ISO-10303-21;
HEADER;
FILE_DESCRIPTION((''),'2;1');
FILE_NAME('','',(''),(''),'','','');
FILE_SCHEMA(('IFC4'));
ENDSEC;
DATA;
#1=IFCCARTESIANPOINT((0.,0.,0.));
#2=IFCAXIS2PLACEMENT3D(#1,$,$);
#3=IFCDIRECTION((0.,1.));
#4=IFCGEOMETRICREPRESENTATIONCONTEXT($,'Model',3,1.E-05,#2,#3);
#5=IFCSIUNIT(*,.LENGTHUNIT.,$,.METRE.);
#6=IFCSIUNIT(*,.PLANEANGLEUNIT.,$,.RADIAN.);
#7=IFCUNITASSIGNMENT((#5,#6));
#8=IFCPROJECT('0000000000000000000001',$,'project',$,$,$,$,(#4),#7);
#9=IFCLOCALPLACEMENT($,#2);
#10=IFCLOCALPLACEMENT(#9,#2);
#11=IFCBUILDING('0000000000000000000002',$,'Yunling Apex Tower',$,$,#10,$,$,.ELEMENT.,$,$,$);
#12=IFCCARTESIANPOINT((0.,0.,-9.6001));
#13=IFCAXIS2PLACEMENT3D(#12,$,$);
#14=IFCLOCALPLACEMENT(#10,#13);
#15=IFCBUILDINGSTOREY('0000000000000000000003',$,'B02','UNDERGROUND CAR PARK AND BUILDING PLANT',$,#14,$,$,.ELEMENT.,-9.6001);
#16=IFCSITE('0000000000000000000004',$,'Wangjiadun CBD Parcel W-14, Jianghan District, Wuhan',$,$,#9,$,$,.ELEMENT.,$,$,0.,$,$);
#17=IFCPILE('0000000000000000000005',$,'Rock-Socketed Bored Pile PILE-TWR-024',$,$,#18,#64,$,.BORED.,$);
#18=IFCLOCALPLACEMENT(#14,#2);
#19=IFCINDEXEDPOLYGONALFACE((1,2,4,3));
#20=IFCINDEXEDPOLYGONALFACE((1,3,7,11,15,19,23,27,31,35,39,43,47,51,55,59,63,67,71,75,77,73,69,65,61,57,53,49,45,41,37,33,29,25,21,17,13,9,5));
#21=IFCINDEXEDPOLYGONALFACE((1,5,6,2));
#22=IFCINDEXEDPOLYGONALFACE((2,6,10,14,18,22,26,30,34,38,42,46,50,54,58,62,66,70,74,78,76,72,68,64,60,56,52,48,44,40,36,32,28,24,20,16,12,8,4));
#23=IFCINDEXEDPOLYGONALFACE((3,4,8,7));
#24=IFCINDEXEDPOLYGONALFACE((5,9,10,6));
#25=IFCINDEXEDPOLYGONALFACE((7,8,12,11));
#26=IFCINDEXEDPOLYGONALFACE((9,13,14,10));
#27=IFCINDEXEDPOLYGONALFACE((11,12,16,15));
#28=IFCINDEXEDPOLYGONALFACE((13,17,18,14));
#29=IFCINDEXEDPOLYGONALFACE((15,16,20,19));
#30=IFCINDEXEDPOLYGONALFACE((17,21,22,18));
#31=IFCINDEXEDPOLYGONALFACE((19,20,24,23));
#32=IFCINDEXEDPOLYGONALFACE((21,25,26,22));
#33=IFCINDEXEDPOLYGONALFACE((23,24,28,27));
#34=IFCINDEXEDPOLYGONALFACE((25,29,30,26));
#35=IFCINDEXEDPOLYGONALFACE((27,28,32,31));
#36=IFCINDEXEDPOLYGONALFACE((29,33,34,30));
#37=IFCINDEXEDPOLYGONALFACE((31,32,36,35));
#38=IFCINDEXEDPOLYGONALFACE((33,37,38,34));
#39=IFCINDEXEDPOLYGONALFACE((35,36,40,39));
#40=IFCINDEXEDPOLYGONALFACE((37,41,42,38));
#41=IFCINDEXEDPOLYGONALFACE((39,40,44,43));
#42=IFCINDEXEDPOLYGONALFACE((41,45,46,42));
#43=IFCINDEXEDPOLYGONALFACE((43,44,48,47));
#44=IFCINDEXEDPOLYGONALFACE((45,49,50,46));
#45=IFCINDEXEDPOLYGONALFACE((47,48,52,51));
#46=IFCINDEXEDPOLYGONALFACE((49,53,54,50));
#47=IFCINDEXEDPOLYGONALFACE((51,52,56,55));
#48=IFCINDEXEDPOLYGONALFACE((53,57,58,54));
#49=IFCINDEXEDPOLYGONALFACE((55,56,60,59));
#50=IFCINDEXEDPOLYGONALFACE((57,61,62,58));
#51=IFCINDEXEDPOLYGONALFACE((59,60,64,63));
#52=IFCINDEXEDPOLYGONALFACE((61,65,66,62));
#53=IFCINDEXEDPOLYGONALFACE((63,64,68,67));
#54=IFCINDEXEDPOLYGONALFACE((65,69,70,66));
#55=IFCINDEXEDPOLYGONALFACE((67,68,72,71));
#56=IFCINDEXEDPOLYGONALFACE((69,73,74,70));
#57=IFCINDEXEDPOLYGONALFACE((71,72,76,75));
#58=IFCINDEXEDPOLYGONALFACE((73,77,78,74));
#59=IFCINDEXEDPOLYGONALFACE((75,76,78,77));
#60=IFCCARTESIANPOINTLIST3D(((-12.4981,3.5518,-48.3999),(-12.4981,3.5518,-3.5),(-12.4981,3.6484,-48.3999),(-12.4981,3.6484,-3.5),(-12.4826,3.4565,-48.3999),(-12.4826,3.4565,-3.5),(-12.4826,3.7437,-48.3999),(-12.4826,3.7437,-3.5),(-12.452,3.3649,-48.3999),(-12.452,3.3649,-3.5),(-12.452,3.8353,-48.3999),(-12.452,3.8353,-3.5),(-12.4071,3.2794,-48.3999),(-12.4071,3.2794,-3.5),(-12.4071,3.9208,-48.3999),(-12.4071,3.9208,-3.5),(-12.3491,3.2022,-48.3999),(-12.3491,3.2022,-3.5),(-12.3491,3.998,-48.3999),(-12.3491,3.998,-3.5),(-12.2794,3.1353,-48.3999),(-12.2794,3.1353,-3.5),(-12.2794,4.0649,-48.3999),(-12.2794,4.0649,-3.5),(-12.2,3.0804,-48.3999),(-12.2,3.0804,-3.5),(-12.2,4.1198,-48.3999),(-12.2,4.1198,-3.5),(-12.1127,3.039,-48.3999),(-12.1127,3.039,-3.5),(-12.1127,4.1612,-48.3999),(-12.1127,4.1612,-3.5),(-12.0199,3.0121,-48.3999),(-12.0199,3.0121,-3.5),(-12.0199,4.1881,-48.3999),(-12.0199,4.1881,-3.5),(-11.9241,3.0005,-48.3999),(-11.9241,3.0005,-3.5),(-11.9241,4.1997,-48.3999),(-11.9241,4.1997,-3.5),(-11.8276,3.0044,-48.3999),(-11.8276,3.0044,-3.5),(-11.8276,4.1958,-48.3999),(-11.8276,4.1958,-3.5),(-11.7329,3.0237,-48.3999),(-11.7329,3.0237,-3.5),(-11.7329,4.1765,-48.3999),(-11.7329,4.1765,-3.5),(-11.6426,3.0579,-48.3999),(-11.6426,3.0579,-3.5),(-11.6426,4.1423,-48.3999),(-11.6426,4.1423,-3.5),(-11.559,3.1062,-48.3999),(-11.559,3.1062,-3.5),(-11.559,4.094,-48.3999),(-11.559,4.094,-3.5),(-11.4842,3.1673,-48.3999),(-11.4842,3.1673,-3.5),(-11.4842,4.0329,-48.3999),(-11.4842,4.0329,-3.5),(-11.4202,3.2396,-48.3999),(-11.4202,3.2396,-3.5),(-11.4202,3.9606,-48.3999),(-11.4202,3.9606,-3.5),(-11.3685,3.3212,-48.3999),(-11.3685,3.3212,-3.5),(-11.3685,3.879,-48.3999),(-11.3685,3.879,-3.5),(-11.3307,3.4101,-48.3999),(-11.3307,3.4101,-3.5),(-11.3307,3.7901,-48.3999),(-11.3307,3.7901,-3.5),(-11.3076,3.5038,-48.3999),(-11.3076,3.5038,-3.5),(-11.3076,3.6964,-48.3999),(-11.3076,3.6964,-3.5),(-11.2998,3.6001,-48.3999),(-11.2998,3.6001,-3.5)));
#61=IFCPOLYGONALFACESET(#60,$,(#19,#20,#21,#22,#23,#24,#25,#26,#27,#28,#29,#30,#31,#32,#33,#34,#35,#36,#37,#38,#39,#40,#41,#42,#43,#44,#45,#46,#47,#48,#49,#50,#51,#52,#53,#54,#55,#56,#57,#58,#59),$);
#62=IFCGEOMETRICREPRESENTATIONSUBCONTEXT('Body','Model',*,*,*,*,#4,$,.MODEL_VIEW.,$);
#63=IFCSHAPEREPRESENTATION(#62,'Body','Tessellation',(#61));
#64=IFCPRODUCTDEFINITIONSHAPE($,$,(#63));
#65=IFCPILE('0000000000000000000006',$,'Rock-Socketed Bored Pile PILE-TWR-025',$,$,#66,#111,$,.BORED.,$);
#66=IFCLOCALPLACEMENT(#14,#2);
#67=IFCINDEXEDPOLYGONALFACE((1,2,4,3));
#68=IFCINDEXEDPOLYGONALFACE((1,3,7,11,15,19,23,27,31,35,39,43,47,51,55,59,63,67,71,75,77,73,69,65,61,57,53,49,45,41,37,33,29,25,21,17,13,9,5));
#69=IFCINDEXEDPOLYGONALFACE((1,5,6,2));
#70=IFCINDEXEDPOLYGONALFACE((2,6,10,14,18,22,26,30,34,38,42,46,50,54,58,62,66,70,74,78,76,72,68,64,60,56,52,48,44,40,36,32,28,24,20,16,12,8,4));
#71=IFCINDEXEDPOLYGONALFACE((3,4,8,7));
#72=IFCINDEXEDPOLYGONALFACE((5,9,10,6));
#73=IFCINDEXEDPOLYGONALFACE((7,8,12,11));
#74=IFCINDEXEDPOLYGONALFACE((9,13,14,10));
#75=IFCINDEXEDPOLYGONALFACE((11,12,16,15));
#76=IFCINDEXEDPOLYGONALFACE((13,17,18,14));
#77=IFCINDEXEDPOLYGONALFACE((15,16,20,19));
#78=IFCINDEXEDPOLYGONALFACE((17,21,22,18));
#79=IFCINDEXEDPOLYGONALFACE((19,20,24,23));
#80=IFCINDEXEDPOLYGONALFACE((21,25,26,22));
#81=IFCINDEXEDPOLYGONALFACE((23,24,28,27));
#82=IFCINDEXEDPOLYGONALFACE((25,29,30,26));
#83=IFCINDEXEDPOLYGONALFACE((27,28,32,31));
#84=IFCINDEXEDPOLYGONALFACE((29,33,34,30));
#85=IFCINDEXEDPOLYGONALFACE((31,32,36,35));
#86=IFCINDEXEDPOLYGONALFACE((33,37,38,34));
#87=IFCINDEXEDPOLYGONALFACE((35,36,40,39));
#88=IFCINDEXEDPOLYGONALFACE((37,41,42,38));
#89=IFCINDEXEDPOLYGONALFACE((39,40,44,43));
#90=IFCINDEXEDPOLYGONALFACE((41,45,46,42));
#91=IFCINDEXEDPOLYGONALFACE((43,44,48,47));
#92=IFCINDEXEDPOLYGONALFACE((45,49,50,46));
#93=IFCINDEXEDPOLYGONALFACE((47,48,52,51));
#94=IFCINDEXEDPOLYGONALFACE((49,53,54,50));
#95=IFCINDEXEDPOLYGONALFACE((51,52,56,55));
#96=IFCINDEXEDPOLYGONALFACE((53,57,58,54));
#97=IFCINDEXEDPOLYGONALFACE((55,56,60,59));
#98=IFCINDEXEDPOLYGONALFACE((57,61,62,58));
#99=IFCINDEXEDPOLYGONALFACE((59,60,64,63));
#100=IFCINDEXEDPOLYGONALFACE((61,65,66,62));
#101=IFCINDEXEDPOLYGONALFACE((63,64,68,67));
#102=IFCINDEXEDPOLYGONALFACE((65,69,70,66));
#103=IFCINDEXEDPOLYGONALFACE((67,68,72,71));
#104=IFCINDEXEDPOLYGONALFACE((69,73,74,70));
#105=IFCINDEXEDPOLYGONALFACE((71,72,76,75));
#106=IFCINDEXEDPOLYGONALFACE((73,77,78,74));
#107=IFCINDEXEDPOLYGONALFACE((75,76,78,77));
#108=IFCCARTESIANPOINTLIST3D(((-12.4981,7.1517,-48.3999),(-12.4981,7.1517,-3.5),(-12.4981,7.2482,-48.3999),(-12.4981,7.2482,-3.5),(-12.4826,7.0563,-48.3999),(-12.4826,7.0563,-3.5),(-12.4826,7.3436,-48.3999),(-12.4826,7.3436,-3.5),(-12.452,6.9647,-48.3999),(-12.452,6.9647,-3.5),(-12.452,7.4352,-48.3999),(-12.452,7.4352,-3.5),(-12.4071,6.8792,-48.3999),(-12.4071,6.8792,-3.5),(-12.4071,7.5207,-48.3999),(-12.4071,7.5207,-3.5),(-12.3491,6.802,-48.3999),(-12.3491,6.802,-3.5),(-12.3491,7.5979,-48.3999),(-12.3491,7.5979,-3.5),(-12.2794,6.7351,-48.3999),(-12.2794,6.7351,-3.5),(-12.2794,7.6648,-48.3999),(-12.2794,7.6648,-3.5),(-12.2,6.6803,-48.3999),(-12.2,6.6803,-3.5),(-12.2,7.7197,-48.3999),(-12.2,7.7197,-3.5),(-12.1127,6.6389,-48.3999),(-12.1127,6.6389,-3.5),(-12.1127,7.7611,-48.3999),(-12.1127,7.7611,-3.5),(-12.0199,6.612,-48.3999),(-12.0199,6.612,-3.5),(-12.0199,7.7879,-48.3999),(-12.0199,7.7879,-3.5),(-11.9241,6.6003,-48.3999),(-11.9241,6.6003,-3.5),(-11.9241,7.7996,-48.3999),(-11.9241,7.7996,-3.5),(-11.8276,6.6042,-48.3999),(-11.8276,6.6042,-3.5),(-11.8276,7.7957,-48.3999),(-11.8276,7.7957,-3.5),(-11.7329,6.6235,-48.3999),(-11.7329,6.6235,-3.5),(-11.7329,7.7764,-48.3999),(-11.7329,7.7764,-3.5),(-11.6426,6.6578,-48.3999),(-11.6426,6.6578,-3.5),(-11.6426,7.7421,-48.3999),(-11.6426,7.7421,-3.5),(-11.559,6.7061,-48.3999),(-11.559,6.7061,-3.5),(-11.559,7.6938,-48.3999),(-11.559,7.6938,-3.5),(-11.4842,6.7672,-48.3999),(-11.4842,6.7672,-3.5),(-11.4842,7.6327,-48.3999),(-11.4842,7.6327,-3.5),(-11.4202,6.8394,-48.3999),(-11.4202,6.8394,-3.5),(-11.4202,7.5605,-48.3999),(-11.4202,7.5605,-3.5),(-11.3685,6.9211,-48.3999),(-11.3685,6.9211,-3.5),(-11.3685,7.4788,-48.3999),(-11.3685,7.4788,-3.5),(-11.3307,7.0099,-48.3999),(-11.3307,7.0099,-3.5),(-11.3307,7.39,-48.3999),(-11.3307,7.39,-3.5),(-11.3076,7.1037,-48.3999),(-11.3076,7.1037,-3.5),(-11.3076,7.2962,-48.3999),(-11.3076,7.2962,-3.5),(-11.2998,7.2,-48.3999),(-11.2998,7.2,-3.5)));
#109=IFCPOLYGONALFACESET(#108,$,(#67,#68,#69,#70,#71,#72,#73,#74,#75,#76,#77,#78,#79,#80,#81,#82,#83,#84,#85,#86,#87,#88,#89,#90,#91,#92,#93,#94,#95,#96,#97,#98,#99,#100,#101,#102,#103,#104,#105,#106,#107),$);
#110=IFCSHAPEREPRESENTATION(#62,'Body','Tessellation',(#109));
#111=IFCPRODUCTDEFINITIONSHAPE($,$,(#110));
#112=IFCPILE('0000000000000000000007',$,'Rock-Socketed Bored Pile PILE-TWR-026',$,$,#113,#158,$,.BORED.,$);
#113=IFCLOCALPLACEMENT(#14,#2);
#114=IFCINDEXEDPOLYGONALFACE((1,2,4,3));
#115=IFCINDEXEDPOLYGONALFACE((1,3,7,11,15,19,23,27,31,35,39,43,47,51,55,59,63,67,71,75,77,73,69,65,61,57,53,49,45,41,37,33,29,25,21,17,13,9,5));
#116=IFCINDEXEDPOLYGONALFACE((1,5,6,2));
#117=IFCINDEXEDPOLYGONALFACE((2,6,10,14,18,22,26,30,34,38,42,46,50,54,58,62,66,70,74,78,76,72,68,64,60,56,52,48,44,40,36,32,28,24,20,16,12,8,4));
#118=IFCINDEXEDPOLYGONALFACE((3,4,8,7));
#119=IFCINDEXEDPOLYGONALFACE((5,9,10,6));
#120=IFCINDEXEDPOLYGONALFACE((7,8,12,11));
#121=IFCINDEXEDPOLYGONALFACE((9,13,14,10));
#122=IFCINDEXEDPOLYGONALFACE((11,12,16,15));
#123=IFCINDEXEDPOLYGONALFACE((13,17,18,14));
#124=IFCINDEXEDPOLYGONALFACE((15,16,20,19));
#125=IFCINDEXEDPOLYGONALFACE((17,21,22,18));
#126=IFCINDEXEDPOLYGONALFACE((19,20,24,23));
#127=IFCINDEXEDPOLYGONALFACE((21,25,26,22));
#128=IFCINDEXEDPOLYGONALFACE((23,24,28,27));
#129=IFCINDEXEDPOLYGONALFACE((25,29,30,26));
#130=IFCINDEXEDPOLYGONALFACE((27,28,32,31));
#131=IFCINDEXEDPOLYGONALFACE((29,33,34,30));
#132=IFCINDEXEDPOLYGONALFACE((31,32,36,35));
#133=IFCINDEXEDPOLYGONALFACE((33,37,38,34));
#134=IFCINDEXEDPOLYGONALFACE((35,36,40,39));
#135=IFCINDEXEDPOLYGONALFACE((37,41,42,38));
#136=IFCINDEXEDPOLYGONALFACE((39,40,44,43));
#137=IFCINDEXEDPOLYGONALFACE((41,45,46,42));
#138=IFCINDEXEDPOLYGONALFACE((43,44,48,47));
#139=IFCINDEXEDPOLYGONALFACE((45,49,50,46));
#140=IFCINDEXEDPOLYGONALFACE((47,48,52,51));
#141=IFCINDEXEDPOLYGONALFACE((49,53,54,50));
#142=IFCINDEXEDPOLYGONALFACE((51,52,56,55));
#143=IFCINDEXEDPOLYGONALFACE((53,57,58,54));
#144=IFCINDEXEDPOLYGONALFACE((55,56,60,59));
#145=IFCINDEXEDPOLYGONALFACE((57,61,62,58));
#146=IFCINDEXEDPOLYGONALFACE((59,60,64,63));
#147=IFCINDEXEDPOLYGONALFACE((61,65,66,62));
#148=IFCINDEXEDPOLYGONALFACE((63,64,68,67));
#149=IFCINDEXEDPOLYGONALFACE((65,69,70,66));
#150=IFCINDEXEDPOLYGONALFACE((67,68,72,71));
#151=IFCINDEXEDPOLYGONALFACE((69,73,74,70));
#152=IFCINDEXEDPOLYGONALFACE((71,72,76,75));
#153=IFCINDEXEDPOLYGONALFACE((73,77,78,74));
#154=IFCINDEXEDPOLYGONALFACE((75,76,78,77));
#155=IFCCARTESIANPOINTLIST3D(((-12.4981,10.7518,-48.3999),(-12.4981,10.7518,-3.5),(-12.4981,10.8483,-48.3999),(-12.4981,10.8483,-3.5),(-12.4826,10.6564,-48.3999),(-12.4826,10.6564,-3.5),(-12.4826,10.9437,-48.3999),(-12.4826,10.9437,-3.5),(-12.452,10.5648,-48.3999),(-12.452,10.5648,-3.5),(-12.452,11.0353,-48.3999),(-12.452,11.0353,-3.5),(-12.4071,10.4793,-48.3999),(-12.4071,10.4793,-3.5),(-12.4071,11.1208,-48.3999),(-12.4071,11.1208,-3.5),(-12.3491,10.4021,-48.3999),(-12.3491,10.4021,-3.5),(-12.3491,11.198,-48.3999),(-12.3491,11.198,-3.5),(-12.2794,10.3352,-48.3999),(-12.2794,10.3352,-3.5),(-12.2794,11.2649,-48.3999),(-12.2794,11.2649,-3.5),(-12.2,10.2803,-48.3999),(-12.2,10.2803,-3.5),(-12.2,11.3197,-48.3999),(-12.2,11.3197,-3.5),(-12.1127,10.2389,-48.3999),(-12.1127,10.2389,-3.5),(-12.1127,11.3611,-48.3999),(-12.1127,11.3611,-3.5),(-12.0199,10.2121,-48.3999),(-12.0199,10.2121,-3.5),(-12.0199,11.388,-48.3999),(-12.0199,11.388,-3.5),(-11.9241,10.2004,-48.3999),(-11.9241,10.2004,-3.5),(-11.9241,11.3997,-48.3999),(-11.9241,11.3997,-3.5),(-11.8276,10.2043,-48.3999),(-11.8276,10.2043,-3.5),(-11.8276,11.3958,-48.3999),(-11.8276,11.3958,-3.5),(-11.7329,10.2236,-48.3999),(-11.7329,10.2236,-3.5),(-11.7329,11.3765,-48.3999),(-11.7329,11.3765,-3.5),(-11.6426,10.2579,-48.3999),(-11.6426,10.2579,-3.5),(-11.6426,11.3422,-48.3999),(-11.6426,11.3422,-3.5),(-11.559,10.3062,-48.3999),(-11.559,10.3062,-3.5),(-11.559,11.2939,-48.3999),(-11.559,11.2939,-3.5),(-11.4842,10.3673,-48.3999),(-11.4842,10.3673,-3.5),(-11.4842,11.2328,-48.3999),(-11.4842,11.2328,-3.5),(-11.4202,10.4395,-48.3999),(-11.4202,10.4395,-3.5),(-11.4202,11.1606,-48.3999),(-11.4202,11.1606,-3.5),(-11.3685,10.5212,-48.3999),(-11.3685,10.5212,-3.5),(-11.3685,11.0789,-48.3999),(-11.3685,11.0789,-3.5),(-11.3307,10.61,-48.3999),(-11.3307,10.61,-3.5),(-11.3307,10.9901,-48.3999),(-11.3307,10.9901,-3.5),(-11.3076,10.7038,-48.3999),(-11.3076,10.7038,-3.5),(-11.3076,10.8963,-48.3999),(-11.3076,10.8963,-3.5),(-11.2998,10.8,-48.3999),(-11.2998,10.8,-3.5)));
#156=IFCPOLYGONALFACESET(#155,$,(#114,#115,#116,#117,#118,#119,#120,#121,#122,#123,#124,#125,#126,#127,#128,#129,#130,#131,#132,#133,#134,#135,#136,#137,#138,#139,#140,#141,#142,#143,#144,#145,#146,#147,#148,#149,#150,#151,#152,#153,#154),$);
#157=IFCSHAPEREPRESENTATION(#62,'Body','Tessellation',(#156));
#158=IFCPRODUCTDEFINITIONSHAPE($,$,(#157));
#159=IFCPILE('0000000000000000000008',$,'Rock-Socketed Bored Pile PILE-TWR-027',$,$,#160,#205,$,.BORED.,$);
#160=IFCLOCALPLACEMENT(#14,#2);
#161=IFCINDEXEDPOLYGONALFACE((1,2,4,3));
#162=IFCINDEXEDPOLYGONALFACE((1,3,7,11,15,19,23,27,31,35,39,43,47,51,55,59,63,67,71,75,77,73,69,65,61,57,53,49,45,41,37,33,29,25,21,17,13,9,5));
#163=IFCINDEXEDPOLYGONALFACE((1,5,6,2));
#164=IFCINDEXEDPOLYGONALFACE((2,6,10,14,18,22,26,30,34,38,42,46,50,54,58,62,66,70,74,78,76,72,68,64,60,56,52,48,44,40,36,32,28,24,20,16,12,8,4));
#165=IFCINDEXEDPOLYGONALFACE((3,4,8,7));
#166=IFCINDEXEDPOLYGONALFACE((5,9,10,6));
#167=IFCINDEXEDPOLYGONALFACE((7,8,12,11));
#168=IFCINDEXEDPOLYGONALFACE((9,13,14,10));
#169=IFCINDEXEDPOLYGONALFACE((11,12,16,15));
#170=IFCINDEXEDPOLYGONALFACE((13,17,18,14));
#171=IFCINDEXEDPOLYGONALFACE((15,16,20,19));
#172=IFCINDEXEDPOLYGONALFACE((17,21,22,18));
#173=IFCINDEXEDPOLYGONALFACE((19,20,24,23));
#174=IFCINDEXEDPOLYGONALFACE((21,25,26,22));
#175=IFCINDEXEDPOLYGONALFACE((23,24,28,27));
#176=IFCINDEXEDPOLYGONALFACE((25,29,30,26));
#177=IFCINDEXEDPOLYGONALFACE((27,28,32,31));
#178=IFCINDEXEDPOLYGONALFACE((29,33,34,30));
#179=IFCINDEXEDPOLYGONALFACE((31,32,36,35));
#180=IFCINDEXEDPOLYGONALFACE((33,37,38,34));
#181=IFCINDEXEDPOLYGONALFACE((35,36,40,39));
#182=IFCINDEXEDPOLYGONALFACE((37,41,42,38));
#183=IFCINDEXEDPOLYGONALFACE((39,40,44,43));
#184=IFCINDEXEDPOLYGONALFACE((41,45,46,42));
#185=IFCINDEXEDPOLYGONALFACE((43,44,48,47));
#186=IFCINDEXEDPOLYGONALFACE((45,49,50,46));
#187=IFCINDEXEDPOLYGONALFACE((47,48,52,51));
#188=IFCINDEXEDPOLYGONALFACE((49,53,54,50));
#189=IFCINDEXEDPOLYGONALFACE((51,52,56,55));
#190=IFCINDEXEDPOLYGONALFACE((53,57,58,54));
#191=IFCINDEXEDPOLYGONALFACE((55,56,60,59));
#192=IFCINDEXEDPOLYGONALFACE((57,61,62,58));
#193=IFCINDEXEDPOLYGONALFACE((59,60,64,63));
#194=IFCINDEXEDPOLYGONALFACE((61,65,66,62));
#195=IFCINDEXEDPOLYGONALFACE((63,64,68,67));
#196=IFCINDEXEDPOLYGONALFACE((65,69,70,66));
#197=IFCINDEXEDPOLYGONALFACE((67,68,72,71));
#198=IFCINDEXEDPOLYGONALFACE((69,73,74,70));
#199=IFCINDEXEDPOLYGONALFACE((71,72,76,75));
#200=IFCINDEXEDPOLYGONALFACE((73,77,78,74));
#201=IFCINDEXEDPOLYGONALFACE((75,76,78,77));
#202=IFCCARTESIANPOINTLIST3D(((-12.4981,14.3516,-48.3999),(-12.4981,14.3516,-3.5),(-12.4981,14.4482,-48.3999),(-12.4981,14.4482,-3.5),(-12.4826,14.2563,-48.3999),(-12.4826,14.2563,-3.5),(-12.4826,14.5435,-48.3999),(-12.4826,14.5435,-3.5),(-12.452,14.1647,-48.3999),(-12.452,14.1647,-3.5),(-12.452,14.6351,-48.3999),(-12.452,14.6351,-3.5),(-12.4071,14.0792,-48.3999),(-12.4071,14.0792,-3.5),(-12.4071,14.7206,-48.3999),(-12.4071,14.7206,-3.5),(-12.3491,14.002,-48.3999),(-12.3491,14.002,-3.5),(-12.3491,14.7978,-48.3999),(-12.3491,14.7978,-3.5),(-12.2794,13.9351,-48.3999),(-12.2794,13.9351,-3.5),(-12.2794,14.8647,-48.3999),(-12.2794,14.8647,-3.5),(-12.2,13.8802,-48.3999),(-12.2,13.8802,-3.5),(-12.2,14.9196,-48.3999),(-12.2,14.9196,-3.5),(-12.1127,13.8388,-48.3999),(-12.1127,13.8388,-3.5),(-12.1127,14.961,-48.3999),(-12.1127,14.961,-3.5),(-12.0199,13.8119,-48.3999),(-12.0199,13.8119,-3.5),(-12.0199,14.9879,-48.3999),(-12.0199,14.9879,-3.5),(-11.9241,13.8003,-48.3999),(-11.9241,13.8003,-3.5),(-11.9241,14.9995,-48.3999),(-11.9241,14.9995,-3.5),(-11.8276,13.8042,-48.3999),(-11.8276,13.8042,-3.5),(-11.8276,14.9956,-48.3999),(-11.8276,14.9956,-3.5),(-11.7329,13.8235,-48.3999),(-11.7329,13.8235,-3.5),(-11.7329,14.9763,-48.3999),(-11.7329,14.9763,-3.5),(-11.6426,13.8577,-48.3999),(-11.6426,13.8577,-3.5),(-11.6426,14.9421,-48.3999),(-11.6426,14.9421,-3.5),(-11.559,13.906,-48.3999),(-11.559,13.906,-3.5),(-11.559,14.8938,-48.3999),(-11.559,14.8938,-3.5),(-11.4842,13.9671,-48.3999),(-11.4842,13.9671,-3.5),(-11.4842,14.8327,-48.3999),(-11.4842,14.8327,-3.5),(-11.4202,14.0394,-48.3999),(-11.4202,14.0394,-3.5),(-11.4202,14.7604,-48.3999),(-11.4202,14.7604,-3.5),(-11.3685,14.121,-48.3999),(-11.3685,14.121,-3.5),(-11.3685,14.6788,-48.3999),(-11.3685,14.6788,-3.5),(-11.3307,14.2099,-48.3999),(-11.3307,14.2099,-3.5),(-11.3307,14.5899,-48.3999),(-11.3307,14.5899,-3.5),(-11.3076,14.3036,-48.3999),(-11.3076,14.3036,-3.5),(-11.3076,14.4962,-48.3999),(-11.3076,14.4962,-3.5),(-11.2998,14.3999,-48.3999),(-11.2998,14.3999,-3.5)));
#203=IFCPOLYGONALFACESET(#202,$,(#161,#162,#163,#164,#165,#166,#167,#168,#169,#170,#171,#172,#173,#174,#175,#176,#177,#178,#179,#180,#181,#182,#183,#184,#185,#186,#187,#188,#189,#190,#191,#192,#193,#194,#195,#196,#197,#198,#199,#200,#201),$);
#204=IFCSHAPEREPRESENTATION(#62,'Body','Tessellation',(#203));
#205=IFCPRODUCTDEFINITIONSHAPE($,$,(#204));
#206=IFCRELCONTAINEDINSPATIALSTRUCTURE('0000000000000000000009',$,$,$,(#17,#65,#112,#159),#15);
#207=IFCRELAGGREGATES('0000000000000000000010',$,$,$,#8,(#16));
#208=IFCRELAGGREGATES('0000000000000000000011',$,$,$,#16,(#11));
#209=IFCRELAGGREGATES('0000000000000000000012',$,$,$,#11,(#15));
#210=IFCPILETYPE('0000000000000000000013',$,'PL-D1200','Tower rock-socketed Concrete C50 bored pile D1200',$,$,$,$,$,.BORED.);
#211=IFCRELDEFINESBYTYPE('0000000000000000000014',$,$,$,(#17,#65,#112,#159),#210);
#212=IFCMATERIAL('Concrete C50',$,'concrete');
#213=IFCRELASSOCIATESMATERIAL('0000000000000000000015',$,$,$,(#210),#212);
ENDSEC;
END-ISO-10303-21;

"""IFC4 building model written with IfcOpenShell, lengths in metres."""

from ifc_helpers import new_model, si_unit, direction, frame, origin, origin_2d, place, context, subcontext, project, spatial, circle, extrude, source, transform, mapped, material, material_profile, profile_set, type_object, element, save


model = new_model("IFC4")

# Units and contexts
model_context = context("Model", 3, precision=1e-05, world=origin(), true_north=direction((0.0, 1.0)))
body_context = subcontext(model_context, "Body", "Model", "MODEL_VIEW")
ifc_project = project(units=[si_unit("LENGTHUNIT", "METRE"), si_unit("PLANEANGLEUNIT", "RADIAN")], contexts=[model_context])

# Site, building, storey
site_placement = place(None, origin())
site = spatial("IfcSite", under=ifc_project, at=site_placement, Name="Wangjiadun CBD Parcel W-14, Jianghan District, Wuhan", CompositionType="ELEMENT", RefElevation=0.0)
building_placement = place(site_placement, origin())
building = spatial("IfcBuilding", under=site, at=building_placement, Name="Yunling Apex Tower", CompositionType="ELEMENT")
storey_placement = place(building_placement, frame((0.0, 0.0, -9.6001)))
storey = spatial("IfcBuildingStorey", under=building, at=storey_placement, Name="B02", Description="UNDERGROUND CAR PARK AND BUILDING PLANT", CompositionType="ELEMENT", Elevation=-9.6001)

# Piles
ifc_material_1 = material(Name="Concrete C50", Category="concrete")
ifc_material_profile_1 = material_profile(ifc_material_1, circle(Radius=0.6001, at=origin_2d()))
ifc_profile_set_1 = profile_set([ifc_material_profile_1], Name="Concrete C50")
pile_type = type_object("IfcPileType", Name="PL-D1200", Description="Tower rock-socketed Concrete C50 bored pile D1200", PredefinedType="BORED", material=ifc_profile_set_1)
shared_shape_1 = source(origin(), body_context, "Body", "SweptSolid", [
    extrude(circle(Radius=0.6001, at=origin_2d()), origin(), (0.0, 0.0, 1.0), 44.8999),
])
for number, where, z_axis, x_axis, name in (
    (1, (-11.8999, 3.6001, -3.5), (0.0, 0.0, -1.0), (1.0, 0.0, 0.0), "Rock-Socketed Bored Pile PILE-TWR-024"),
    (2, (-11.8999, 7.2, -3.5), (0.0, 0.0, -1.0), (1.0, 0.0, 0.0), "Rock-Socketed Bored Pile PILE-TWR-025"),
    (3, (-11.8999, 10.8, -3.5), (0.0, 0.0, -1.0), (1.0, 0.0, 0.0), "Rock-Socketed Bored Pile PILE-TWR-026"),
    (4, (-11.8999, 14.3999, -3.5), (0.0, 0.0, -1.0), (1.0, 0.0, 0.0), "Rock-Socketed Bored Pile PILE-TWR-027"),
):
    element("IfcPile", number, at=place(storey_placement, frame(where, z_axis=z_axis, x_axis=x_axis)), inside=storey, type_object=pile_type, Name=name, PredefinedType="BORED", context=body_context, shape_type="MappedRepresentation", body=[
        mapped(shared_shape_1, transform((0.0, 0.0, 0.0), scale=1.0)),
    ])

save(model, "model.ifc")
